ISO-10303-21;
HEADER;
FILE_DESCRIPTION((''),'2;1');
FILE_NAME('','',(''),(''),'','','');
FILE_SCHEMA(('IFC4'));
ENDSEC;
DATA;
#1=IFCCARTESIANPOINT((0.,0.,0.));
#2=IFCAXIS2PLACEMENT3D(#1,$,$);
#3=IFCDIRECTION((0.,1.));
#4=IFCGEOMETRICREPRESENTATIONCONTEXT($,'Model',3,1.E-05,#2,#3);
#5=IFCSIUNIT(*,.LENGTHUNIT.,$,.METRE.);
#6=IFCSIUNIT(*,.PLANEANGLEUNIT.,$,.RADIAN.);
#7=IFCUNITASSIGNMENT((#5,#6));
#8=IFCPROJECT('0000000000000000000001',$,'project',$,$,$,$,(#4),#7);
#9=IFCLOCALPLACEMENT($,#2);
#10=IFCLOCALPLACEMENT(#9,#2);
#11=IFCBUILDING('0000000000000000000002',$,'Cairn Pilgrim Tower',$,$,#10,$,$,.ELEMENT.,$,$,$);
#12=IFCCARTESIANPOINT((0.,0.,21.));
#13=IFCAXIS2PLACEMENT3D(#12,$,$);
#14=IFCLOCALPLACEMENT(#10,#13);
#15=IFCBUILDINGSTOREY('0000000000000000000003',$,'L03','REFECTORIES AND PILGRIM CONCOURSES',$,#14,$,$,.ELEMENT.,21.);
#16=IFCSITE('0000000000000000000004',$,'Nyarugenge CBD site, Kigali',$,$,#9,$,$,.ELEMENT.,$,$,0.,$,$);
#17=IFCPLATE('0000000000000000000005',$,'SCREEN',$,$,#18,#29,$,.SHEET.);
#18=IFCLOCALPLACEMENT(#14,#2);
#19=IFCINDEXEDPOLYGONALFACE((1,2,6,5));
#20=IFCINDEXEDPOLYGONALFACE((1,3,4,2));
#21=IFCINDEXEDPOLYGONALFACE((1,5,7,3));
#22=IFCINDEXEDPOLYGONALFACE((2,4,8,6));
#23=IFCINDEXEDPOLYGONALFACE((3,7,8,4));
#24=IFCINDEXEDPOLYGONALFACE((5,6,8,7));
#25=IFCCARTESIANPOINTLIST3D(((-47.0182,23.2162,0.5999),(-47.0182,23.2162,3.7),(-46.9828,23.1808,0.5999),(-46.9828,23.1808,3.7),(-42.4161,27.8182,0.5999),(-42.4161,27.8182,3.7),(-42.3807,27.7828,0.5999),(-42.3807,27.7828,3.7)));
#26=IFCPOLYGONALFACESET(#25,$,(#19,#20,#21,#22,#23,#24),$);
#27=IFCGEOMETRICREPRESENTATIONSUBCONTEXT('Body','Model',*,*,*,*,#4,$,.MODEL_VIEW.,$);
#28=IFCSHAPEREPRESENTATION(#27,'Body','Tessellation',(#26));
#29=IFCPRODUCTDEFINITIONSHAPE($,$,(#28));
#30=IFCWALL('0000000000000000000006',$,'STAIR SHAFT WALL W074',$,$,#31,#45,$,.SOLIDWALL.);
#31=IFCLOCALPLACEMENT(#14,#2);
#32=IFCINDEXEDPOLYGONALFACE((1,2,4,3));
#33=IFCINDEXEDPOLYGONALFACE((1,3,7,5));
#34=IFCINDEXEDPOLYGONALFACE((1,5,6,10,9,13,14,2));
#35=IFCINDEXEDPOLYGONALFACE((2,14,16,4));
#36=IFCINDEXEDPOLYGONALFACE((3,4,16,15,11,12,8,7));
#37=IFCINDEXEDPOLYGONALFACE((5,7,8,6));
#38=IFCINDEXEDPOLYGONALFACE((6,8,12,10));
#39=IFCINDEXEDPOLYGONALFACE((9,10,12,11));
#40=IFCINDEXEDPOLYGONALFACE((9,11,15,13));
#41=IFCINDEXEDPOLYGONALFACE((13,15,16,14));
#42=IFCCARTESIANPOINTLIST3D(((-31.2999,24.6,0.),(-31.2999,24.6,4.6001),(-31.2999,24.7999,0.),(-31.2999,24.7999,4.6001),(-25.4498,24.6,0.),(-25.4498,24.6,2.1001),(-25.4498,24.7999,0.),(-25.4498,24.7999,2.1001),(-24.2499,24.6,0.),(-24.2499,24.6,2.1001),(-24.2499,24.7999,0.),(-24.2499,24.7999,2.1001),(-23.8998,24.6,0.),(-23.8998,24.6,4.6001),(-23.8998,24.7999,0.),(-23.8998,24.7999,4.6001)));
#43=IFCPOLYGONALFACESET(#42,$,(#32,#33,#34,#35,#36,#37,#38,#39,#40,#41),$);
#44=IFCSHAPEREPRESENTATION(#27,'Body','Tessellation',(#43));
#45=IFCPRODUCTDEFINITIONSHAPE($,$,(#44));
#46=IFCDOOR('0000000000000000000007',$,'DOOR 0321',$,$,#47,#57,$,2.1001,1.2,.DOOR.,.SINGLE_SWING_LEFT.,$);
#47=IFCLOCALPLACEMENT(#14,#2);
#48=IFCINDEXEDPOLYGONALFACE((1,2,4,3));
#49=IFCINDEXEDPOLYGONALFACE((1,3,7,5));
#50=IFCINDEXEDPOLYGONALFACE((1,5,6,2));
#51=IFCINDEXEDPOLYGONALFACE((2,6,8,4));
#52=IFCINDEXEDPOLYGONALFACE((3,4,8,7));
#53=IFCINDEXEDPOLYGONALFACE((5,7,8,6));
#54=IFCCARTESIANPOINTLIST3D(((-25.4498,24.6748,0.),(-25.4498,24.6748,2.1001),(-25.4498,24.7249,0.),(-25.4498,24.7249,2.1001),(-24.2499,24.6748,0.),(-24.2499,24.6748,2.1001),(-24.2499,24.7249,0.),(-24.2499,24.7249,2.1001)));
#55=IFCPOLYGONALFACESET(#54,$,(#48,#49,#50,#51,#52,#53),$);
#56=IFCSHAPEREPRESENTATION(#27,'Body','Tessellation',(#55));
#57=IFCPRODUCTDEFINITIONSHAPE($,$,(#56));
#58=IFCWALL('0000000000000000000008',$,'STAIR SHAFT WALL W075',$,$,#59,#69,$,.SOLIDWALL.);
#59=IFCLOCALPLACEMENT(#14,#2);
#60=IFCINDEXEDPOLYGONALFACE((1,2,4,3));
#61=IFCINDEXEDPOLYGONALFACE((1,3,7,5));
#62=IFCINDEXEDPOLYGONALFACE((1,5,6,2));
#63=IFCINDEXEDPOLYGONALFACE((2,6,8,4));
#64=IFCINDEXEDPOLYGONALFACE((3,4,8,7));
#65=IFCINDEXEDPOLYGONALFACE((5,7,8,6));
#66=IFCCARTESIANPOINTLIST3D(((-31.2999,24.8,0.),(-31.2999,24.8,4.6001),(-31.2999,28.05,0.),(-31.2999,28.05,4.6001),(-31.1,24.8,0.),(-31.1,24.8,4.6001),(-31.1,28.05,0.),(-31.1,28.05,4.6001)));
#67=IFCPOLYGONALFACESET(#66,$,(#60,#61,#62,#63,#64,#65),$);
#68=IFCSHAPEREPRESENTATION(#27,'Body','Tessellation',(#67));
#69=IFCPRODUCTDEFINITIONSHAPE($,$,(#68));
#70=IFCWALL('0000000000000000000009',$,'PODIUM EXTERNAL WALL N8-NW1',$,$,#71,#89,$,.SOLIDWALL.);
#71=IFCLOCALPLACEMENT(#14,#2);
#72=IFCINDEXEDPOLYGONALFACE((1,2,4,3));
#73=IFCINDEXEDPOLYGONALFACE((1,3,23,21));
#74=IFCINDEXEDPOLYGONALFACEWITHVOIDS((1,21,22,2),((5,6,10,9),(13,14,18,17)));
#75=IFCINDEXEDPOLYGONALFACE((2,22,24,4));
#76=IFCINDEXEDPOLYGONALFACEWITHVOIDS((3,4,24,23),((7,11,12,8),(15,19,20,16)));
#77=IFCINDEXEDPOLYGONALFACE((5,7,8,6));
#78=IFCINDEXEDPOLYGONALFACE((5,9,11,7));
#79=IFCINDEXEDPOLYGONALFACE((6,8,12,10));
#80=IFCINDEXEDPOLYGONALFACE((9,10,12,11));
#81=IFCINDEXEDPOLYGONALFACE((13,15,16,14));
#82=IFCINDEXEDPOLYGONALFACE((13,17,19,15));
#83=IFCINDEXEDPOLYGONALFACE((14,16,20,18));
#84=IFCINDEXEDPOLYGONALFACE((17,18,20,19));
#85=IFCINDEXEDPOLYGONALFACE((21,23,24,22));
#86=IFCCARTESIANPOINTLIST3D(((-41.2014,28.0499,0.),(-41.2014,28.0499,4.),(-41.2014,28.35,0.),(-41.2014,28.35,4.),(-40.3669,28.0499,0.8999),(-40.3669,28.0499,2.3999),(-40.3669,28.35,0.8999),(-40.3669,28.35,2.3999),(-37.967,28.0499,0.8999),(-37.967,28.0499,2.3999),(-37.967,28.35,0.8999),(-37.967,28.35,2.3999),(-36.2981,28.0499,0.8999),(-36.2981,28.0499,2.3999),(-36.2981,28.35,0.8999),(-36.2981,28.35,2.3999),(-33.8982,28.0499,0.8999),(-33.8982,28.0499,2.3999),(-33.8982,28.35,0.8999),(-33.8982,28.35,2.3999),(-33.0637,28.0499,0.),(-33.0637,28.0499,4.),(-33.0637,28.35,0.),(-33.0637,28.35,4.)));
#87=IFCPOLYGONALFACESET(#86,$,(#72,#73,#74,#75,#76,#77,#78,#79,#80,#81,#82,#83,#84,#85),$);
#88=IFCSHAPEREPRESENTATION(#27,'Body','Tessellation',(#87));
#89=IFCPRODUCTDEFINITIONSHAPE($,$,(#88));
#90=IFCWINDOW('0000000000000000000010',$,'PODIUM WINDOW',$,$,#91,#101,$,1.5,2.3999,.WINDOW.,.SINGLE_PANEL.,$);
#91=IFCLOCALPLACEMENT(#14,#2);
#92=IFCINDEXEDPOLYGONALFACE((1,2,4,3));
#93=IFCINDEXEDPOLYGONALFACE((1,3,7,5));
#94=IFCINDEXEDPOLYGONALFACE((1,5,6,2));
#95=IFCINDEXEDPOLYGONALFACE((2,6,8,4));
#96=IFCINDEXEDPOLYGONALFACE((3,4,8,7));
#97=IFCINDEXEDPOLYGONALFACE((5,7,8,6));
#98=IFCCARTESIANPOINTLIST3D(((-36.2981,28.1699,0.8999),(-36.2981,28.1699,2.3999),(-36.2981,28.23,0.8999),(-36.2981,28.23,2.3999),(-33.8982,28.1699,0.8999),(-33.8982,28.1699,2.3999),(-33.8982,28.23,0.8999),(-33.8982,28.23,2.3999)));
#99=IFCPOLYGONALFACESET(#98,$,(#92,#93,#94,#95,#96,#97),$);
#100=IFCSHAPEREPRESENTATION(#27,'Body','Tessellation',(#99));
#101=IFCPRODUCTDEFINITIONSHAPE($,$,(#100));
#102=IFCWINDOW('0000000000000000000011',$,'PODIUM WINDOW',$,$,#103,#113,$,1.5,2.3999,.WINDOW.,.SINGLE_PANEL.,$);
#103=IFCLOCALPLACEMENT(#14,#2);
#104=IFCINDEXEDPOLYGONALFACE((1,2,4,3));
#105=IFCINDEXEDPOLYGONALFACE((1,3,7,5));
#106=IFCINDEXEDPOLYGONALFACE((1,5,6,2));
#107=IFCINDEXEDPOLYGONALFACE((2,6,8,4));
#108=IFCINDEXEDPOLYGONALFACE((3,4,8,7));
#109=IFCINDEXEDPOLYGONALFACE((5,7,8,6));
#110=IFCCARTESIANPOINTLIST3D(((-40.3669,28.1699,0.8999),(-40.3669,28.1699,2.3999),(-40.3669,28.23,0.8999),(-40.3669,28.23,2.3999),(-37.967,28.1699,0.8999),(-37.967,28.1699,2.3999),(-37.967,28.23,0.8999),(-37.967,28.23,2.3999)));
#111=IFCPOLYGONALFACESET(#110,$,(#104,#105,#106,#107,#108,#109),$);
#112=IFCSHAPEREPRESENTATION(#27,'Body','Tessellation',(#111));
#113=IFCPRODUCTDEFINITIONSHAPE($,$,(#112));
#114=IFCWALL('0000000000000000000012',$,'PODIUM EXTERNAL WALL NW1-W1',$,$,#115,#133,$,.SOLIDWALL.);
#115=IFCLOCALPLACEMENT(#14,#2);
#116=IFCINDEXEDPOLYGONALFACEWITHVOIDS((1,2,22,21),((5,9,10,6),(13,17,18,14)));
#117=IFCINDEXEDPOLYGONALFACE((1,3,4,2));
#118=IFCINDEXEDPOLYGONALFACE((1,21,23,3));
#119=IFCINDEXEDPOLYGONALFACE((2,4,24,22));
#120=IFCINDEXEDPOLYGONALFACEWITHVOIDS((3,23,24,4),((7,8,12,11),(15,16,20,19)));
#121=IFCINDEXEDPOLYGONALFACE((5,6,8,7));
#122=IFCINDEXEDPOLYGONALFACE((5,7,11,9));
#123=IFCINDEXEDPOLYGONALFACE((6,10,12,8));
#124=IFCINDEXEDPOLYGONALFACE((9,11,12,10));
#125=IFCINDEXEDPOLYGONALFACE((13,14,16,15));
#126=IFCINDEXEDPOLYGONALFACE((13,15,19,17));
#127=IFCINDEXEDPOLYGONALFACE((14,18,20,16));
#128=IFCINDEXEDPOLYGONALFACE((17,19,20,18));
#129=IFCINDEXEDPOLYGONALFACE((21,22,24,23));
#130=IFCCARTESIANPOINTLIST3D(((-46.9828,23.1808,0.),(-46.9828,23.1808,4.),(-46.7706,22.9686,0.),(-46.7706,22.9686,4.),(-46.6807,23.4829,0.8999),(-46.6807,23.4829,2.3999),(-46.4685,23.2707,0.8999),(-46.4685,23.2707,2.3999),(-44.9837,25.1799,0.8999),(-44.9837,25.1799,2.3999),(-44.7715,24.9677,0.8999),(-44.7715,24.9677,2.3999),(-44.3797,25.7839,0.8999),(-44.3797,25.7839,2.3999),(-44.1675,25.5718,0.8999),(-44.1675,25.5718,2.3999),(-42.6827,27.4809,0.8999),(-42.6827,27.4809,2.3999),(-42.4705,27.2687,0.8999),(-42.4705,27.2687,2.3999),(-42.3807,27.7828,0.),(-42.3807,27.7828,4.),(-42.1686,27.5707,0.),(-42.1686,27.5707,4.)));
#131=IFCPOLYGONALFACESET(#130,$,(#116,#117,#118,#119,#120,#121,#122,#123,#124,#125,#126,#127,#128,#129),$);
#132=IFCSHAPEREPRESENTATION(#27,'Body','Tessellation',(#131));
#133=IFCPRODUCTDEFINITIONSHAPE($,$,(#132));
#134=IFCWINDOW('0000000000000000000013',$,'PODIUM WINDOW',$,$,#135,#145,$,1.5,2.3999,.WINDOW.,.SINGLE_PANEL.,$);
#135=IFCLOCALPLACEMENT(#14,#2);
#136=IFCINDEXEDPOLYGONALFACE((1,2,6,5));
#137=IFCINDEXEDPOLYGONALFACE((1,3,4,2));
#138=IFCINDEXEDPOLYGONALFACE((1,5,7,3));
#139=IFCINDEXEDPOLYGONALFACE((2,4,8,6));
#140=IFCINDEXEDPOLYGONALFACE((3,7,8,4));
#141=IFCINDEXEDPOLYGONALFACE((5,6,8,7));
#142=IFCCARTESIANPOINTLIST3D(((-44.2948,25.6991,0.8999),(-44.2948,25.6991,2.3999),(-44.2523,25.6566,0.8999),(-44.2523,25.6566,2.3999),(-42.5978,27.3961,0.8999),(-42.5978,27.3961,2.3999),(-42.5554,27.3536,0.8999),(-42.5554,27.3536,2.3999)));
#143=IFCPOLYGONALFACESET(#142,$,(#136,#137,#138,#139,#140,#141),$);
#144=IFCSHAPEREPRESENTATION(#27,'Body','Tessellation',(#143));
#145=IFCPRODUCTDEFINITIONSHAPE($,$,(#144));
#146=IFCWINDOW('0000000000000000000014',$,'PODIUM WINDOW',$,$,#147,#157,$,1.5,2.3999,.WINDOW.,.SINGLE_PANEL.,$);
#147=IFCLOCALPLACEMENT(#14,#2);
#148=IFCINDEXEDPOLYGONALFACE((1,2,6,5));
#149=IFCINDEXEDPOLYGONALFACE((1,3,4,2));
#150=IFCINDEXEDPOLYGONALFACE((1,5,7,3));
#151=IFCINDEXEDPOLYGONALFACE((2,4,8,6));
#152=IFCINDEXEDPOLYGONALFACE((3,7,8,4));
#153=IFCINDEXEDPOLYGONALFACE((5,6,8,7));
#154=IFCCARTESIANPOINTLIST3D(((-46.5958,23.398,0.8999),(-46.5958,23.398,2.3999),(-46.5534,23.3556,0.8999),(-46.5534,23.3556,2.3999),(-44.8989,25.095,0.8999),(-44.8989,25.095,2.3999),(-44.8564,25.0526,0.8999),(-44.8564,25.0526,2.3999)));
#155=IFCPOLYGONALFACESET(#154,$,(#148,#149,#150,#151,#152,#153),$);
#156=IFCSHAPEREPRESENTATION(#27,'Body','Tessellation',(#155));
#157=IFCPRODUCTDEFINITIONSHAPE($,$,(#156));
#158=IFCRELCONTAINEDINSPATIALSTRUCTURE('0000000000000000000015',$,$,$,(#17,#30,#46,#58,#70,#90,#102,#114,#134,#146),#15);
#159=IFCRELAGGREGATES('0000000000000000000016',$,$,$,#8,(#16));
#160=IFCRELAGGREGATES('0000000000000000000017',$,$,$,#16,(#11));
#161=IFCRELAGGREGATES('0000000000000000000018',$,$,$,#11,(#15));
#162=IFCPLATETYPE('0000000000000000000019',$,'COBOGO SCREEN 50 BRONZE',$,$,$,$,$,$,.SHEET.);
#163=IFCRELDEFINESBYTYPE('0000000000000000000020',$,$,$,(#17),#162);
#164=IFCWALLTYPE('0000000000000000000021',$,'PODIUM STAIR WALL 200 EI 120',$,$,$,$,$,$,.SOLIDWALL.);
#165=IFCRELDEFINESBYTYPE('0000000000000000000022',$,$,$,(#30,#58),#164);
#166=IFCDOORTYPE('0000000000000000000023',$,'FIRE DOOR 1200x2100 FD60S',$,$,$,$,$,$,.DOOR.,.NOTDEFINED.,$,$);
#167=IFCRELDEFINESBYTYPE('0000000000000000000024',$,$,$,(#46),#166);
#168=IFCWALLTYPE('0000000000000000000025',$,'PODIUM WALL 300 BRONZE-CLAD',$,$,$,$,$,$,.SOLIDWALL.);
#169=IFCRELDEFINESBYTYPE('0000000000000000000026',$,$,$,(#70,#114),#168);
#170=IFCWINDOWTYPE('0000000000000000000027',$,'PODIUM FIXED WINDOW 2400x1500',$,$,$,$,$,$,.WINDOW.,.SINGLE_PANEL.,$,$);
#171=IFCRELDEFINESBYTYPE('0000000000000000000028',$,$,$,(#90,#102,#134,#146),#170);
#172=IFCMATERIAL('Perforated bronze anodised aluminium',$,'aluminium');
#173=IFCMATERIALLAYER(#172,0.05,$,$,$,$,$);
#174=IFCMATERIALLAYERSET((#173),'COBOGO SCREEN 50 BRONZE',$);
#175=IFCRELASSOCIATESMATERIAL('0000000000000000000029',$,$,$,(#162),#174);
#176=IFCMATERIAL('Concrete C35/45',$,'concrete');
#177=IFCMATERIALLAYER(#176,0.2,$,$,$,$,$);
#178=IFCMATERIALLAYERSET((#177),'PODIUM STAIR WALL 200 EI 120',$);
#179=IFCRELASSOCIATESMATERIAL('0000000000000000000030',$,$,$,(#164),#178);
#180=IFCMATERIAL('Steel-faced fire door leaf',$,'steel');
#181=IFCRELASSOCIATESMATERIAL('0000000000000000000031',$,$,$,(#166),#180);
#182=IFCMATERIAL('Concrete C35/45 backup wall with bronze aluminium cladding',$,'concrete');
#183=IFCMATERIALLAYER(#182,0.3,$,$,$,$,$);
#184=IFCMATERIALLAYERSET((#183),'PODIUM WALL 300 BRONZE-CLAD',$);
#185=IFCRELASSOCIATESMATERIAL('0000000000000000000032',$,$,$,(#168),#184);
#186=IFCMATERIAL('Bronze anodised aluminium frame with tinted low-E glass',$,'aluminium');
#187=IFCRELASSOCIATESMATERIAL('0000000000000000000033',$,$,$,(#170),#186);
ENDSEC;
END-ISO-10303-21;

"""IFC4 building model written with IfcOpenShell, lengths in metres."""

from ifc_helpers import new_model, si_unit, direction, frame, frame_2d, origin, origin_2d, place, context, subcontext, project, spatial, rectangle, extrude, material, layer, layer_set, type_object, element, fill, save


model = new_model("IFC4")

# Units and contexts
model_context = context("Model", 3, precision=1e-05, world=origin(), true_north=direction((0.0, 1.0)))
body_context = subcontext(model_context, "Body", "Model", "MODEL_VIEW")
ifc_project = project(units=[si_unit("LENGTHUNIT", "METRE"), si_unit("PLANEANGLEUNIT", "RADIAN")], contexts=[model_context])

# Site, building, storey
site_placement = place(None, origin())
site = spatial("IfcSite", under=ifc_project, at=site_placement, Name="Nyarugenge CBD site, Kigali", CompositionType="ELEMENT", RefElevation=0.0)
building_placement = place(site_placement, origin())
building = spatial("IfcBuilding", under=site, at=building_placement, Name="Cairn Pilgrim Tower", CompositionType="ELEMENT")
storey_placement = place(building_placement, frame((0.0, 0.0, 21.0)))
storey = spatial("IfcBuildingStorey", under=building, at=storey_placement, Name="L03", Description="REFECTORIES AND PILGRIM CONCOURSES", CompositionType="ELEMENT", Elevation=21.0)

# Plate
ifc_material_1 = material(Name="Perforated bronze anodised aluminium", Category="aluminium")
ifc_layer_1 = layer(ifc_material_1, 0.05)
ifc_layer_set_1 = layer_set([ifc_layer_1], Name="COBOGO SCREEN 50 BRONZE")
plate_type_1 = type_object("IfcPlateType", Name="COBOGO SCREEN 50 BRONZE", PredefinedType="SHEET", material=ifc_layer_set_1)
plate_1_placement = place(storey_placement, frame((-44.6995, 25.4995, 0.5999), z_axis=(0.0, 0.0, 1.0), x_axis=(-0.707107, -0.707107, 0.0)))
element("IfcPlate", 1, at=plate_1_placement, inside=storey, type_object=plate_type_1, Name="SCREEN", PredefinedType="SHEET", context=body_context, shape_type="SweptSolid", body=[
    extrude(rectangle(XDim=6.5083, YDim=0.05, at=origin_2d()), origin(), (0.0, 0.0, 1.0), 3.1001),
])

# Wall, opening, door
ifc_material_2 = material(Name="Concrete C35/45", Category="concrete")
ifc_layer_2 = layer(ifc_material_2, 0.2)
ifc_layer_set_2 = layer_set([ifc_layer_2], Name="PODIUM STAIR WALL 200 EI 120")
wall_type_1 = type_object("IfcWallType", Name="PODIUM STAIR WALL 200 EI 120", PredefinedType="SOLIDWALL", material=ifc_layer_set_2)
wall_1_placement = place(storey_placement, frame((-31.3, 24.7, 0.0), z_axis=(0.0, 0.0, 1.0), x_axis=(1.0, 0.0, 0.0)))
wall_1 = element("IfcWall", 2, at=wall_1_placement, inside=storey, type_object=wall_type_1, Name="STAIR SHAFT WALL W074", PredefinedType="SOLIDWALL", context=body_context, shape_type="SweptSolid", body=[
    extrude(rectangle(XDim=7.4001, YDim=0.2, at=frame_2d((3.7002, 0.0))), origin(), (0.0, 0.0, 1.0), 4.6001),
])
opening_1_placement = place(wall_1_placement, frame((5.8501, 0.0, 0.0)))
opening_1 = element("IfcOpeningElement", 3, at=opening_1_placement, cuts=wall_1, PredefinedType="OPENING", context=body_context, shape_type="SweptSolid", body=[
    extrude(rectangle(XDim=1.2, YDim=2.1001, at=frame_2d((0.6001, 1.05))), frame((0.0, 0.1099, 0.0), z_axis=(0.0, -1.0, 0.0), x_axis=(1.0, 0.0, 0.0)), (0.0, 0.0, 1.0), 0.22),
])
ifc_material_3 = material(Name="Steel-faced fire door leaf", Category="steel")
door_type = type_object("IfcDoorType", Name="FIRE DOOR 1200x2100 FD60S", OperationType="NOTDEFINED", PredefinedType="DOOR", material=ifc_material_3)
door_placement = place(opening_1_placement, origin())
door = element("IfcDoor", 4, at=door_placement, inside=storey, type_object=door_type, Name="DOOR 0321", OperationType="SINGLE_SWING_LEFT", OverallHeight=2.1001, OverallWidth=1.2, PredefinedType="DOOR", context=body_context, shape_type="SweptSolid", body=[
    extrude(rectangle(XDim=1.2, YDim=2.1001, at=frame_2d((0.6001, 1.05))), frame((0.0, 0.0249, 0.0), z_axis=(0.0, -1.0, 0.0), x_axis=(1.0, 0.0, 0.0)), (0.0, 0.0, 1.0), 0.05),
])
fill(opening_1, door)

# Wall
wall_2_placement = place(storey_placement, frame((-31.2, 24.8, 0.0), z_axis=(0.0, 0.0, 1.0), x_axis=(0.0, 1.0, 0.0)))
element("IfcWall", 5, at=wall_2_placement, inside=storey, type_object=wall_type_1, Name="STAIR SHAFT WALL W075", PredefinedType="SOLIDWALL", context=body_context, shape_type="SweptSolid", body=[
    extrude(rectangle(XDim=3.25, YDim=0.2, at=frame_2d((1.625, 0.0))), origin(), (0.0, 0.0, 1.0), 4.6001),
])

# Walls, openings, windows
ifc_material_4 = material(Name="Concrete C35/45 backup wall with bronze aluminium cladding", Category="concrete")
ifc_layer_3 = layer(ifc_material_4, 0.3)
ifc_layer_set_3 = layer_set([ifc_layer_3], Name="PODIUM WALL 300 BRONZE-CLAD")
wall_type_2 = type_object("IfcWallType", Name="PODIUM WALL 300 BRONZE-CLAD", PredefinedType="SOLIDWALL", material=ifc_layer_set_3)
wall_3_placement = place(storey_placement, frame((-33.0637, 28.2, 0.0), z_axis=(0.0, 0.0, 1.0), x_axis=(-1.0, 0.0, 0.0)))
wall_3 = element("IfcWall", 6, at=wall_3_placement, inside=storey, type_object=wall_type_2, Name="PODIUM EXTERNAL WALL N8-NW1", PredefinedType="SOLIDWALL", context=body_context, shape_type="SweptSolid", body=[
    extrude(rectangle(XDim=8.1377, YDim=0.3, at=frame_2d((4.0688, 0.0))), origin(), (0.0, 0.0, 1.0), 4.0),
])
opening_2_placement = place(wall_3_placement, frame((0.8345, 0.0, 0.8999)))
opening_2 = element("IfcOpeningElement", 7, at=opening_2_placement, cuts=wall_3, PredefinedType="OPENING", context=body_context, shape_type="SweptSolid", body=[
    extrude(rectangle(XDim=2.3999, YDim=1.5, at=frame_2d((1.2, 0.75))), frame((0.0, 0.1602, 0.0), z_axis=(0.0, -1.0, 0.0), x_axis=(1.0, 0.0, 0.0)), (0.0, 0.0, 1.0), 0.3201),
])
opening_3_placement = place(wall_3_placement, frame((4.9033, 0.0, 0.8999)))
opening_3 = element("IfcOpeningElement", 8, at=opening_3_placement, cuts=wall_3, PredefinedType="OPENING", context=body_context, shape_type="SweptSolid", body=[
    extrude(rectangle(XDim=2.3999, YDim=1.5, at=frame_2d((1.2, 0.75))), frame((0.0, 0.1602, 0.0), z_axis=(0.0, -1.0, 0.0), x_axis=(1.0, 0.0, 0.0)), (0.0, 0.0, 1.0), 0.3201),
])
ifc_material_5 = material(Name="Bronze anodised aluminium frame with tinted low-E glass", Category="aluminium")
window_type = type_object("IfcWindowType", Name="PODIUM FIXED WINDOW 2400x1500", PartitioningType="SINGLE_PANEL", PredefinedType="WINDOW", material=ifc_material_5)
window_1_placement = place(opening_2_placement, origin())
window_1 = element("IfcWindow", 9, at=window_1_placement, inside=storey, type_object=window_type, Name="PODIUM WINDOW", OverallHeight=1.5, OverallWidth=2.3999, PartitioningType="SINGLE_PANEL", PredefinedType="WINDOW", context=body_context, shape_type="SweptSolid", body=[
    extrude(rectangle(XDim=2.3999, YDim=1.5, at=frame_2d((1.2, 0.75))), frame((0.0, 0.03, 0.0), z_axis=(0.0, -1.0, 0.0), x_axis=(1.0, 0.0, 0.0)), (0.0, 0.0, 1.0), 0.0601),
])
fill(opening_2, window_1)
window_2_placement = place(opening_3_placement, origin())
window_2 = element("IfcWindow", 10, at=window_2_placement, inside=storey, type_object=window_type, Name="PODIUM WINDOW", OverallHeight=1.5, OverallWidth=2.3999, PartitioningType="SINGLE_PANEL", PredefinedType="WINDOW", context=body_context, shape_type="SweptSolid", body=[
    extrude(rectangle(XDim=2.3999, YDim=1.5, at=frame_2d((1.2, 0.75))), frame((0.0, 0.03, 0.0), z_axis=(0.0, -1.0, 0.0), x_axis=(1.0, 0.0, 0.0)), (0.0, 0.0, 1.0), 0.0601),
])
fill(opening_3, window_2)
wall_4_placement = place(storey_placement, frame((-42.2747, 27.6768, 0.0), z_axis=(0.0, 0.0, 1.0), x_axis=(-0.707107, -0.707107, 0.0)))
wall_4 = element("IfcWall", 11, at=wall_4_placement, inside=storey, type_object=wall_type_2, Name="PODIUM EXTERNAL WALL NW1-W1", PredefinedType="SOLIDWALL", context=body_context, shape_type="SweptSolid", body=[
    extrude(rectangle(XDim=6.5083, YDim=0.3, at=frame_2d((3.2542, 0.0))), origin(), (0.0, 0.0, 1.0), 4.0),
])
opening_4_placement = place(wall_4_placement, frame((0.427, 0.0, 0.8999)))
opening_4 = element("IfcOpeningElement", 12, at=opening_4_placement, cuts=wall_4, PredefinedType="OPENING", context=body_context, shape_type="SweptSolid", body=[
    extrude(rectangle(XDim=2.3999, YDim=1.5, at=frame_2d((1.2, 0.75))), frame((0.0, 0.1602, 0.0), z_axis=(0.0, -1.0, 0.0), x_axis=(1.0, 0.0, 0.0)), (0.0, 0.0, 1.0), 0.3201),
])
opening_5_placement = place(wall_4_placement, frame((3.6812, 0.0, 0.8999)))
opening_5 = element("IfcOpeningElement", 13, at=opening_5_placement, cuts=wall_4, PredefinedType="OPENING", context=body_context, shape_type="SweptSolid", body=[
    extrude(rectangle(XDim=2.3999, YDim=1.5, at=frame_2d((1.2, 0.75))), frame((0.0, 0.1602, 0.0), z_axis=(0.0, -1.0, 0.0), x_axis=(1.0, 0.0, 0.0)), (0.0, 0.0, 1.0), 0.3201),
])
window_3_placement = place(opening_4_placement, origin())
window_3 = element("IfcWindow", 14, at=window_3_placement, inside=storey, type_object=window_type, Name="PODIUM WINDOW", OverallHeight=1.5, OverallWidth=2.3999, PartitioningType="SINGLE_PANEL", PredefinedType="WINDOW", context=body_context, shape_type="SweptSolid", body=[
    extrude(rectangle(XDim=2.3999, YDim=1.5, at=frame_2d((1.2, 0.75))), frame((0.0, 0.03, 0.0), z_axis=(0.0, -1.0, 0.0), x_axis=(1.0, 0.0, 0.0)), (0.0, 0.0, 1.0), 0.0601),
])
fill(opening_4, window_3)
window_4_placement = place(opening_5_placement, origin())
window_4 = element("IfcWindow", 15, at=window_4_placement, inside=storey, type_object=window_type, Name="PODIUM WINDOW", OverallHeight=1.5, OverallWidth=2.3999, PartitioningType="SINGLE_PANEL", PredefinedType="WINDOW", context=body_context, shape_type="SweptSolid", body=[
    extrude(rectangle(XDim=2.3999, YDim=1.5, at=frame_2d((1.2, 0.75))), frame((0.0, 0.03, 0.0), z_axis=(0.0, -1.0, 0.0), x_axis=(1.0, 0.0, 0.0)), (0.0, 0.0, 1.0), 0.0601),
])
fill(opening_5, window_4)

save(model, "model.ifc")
